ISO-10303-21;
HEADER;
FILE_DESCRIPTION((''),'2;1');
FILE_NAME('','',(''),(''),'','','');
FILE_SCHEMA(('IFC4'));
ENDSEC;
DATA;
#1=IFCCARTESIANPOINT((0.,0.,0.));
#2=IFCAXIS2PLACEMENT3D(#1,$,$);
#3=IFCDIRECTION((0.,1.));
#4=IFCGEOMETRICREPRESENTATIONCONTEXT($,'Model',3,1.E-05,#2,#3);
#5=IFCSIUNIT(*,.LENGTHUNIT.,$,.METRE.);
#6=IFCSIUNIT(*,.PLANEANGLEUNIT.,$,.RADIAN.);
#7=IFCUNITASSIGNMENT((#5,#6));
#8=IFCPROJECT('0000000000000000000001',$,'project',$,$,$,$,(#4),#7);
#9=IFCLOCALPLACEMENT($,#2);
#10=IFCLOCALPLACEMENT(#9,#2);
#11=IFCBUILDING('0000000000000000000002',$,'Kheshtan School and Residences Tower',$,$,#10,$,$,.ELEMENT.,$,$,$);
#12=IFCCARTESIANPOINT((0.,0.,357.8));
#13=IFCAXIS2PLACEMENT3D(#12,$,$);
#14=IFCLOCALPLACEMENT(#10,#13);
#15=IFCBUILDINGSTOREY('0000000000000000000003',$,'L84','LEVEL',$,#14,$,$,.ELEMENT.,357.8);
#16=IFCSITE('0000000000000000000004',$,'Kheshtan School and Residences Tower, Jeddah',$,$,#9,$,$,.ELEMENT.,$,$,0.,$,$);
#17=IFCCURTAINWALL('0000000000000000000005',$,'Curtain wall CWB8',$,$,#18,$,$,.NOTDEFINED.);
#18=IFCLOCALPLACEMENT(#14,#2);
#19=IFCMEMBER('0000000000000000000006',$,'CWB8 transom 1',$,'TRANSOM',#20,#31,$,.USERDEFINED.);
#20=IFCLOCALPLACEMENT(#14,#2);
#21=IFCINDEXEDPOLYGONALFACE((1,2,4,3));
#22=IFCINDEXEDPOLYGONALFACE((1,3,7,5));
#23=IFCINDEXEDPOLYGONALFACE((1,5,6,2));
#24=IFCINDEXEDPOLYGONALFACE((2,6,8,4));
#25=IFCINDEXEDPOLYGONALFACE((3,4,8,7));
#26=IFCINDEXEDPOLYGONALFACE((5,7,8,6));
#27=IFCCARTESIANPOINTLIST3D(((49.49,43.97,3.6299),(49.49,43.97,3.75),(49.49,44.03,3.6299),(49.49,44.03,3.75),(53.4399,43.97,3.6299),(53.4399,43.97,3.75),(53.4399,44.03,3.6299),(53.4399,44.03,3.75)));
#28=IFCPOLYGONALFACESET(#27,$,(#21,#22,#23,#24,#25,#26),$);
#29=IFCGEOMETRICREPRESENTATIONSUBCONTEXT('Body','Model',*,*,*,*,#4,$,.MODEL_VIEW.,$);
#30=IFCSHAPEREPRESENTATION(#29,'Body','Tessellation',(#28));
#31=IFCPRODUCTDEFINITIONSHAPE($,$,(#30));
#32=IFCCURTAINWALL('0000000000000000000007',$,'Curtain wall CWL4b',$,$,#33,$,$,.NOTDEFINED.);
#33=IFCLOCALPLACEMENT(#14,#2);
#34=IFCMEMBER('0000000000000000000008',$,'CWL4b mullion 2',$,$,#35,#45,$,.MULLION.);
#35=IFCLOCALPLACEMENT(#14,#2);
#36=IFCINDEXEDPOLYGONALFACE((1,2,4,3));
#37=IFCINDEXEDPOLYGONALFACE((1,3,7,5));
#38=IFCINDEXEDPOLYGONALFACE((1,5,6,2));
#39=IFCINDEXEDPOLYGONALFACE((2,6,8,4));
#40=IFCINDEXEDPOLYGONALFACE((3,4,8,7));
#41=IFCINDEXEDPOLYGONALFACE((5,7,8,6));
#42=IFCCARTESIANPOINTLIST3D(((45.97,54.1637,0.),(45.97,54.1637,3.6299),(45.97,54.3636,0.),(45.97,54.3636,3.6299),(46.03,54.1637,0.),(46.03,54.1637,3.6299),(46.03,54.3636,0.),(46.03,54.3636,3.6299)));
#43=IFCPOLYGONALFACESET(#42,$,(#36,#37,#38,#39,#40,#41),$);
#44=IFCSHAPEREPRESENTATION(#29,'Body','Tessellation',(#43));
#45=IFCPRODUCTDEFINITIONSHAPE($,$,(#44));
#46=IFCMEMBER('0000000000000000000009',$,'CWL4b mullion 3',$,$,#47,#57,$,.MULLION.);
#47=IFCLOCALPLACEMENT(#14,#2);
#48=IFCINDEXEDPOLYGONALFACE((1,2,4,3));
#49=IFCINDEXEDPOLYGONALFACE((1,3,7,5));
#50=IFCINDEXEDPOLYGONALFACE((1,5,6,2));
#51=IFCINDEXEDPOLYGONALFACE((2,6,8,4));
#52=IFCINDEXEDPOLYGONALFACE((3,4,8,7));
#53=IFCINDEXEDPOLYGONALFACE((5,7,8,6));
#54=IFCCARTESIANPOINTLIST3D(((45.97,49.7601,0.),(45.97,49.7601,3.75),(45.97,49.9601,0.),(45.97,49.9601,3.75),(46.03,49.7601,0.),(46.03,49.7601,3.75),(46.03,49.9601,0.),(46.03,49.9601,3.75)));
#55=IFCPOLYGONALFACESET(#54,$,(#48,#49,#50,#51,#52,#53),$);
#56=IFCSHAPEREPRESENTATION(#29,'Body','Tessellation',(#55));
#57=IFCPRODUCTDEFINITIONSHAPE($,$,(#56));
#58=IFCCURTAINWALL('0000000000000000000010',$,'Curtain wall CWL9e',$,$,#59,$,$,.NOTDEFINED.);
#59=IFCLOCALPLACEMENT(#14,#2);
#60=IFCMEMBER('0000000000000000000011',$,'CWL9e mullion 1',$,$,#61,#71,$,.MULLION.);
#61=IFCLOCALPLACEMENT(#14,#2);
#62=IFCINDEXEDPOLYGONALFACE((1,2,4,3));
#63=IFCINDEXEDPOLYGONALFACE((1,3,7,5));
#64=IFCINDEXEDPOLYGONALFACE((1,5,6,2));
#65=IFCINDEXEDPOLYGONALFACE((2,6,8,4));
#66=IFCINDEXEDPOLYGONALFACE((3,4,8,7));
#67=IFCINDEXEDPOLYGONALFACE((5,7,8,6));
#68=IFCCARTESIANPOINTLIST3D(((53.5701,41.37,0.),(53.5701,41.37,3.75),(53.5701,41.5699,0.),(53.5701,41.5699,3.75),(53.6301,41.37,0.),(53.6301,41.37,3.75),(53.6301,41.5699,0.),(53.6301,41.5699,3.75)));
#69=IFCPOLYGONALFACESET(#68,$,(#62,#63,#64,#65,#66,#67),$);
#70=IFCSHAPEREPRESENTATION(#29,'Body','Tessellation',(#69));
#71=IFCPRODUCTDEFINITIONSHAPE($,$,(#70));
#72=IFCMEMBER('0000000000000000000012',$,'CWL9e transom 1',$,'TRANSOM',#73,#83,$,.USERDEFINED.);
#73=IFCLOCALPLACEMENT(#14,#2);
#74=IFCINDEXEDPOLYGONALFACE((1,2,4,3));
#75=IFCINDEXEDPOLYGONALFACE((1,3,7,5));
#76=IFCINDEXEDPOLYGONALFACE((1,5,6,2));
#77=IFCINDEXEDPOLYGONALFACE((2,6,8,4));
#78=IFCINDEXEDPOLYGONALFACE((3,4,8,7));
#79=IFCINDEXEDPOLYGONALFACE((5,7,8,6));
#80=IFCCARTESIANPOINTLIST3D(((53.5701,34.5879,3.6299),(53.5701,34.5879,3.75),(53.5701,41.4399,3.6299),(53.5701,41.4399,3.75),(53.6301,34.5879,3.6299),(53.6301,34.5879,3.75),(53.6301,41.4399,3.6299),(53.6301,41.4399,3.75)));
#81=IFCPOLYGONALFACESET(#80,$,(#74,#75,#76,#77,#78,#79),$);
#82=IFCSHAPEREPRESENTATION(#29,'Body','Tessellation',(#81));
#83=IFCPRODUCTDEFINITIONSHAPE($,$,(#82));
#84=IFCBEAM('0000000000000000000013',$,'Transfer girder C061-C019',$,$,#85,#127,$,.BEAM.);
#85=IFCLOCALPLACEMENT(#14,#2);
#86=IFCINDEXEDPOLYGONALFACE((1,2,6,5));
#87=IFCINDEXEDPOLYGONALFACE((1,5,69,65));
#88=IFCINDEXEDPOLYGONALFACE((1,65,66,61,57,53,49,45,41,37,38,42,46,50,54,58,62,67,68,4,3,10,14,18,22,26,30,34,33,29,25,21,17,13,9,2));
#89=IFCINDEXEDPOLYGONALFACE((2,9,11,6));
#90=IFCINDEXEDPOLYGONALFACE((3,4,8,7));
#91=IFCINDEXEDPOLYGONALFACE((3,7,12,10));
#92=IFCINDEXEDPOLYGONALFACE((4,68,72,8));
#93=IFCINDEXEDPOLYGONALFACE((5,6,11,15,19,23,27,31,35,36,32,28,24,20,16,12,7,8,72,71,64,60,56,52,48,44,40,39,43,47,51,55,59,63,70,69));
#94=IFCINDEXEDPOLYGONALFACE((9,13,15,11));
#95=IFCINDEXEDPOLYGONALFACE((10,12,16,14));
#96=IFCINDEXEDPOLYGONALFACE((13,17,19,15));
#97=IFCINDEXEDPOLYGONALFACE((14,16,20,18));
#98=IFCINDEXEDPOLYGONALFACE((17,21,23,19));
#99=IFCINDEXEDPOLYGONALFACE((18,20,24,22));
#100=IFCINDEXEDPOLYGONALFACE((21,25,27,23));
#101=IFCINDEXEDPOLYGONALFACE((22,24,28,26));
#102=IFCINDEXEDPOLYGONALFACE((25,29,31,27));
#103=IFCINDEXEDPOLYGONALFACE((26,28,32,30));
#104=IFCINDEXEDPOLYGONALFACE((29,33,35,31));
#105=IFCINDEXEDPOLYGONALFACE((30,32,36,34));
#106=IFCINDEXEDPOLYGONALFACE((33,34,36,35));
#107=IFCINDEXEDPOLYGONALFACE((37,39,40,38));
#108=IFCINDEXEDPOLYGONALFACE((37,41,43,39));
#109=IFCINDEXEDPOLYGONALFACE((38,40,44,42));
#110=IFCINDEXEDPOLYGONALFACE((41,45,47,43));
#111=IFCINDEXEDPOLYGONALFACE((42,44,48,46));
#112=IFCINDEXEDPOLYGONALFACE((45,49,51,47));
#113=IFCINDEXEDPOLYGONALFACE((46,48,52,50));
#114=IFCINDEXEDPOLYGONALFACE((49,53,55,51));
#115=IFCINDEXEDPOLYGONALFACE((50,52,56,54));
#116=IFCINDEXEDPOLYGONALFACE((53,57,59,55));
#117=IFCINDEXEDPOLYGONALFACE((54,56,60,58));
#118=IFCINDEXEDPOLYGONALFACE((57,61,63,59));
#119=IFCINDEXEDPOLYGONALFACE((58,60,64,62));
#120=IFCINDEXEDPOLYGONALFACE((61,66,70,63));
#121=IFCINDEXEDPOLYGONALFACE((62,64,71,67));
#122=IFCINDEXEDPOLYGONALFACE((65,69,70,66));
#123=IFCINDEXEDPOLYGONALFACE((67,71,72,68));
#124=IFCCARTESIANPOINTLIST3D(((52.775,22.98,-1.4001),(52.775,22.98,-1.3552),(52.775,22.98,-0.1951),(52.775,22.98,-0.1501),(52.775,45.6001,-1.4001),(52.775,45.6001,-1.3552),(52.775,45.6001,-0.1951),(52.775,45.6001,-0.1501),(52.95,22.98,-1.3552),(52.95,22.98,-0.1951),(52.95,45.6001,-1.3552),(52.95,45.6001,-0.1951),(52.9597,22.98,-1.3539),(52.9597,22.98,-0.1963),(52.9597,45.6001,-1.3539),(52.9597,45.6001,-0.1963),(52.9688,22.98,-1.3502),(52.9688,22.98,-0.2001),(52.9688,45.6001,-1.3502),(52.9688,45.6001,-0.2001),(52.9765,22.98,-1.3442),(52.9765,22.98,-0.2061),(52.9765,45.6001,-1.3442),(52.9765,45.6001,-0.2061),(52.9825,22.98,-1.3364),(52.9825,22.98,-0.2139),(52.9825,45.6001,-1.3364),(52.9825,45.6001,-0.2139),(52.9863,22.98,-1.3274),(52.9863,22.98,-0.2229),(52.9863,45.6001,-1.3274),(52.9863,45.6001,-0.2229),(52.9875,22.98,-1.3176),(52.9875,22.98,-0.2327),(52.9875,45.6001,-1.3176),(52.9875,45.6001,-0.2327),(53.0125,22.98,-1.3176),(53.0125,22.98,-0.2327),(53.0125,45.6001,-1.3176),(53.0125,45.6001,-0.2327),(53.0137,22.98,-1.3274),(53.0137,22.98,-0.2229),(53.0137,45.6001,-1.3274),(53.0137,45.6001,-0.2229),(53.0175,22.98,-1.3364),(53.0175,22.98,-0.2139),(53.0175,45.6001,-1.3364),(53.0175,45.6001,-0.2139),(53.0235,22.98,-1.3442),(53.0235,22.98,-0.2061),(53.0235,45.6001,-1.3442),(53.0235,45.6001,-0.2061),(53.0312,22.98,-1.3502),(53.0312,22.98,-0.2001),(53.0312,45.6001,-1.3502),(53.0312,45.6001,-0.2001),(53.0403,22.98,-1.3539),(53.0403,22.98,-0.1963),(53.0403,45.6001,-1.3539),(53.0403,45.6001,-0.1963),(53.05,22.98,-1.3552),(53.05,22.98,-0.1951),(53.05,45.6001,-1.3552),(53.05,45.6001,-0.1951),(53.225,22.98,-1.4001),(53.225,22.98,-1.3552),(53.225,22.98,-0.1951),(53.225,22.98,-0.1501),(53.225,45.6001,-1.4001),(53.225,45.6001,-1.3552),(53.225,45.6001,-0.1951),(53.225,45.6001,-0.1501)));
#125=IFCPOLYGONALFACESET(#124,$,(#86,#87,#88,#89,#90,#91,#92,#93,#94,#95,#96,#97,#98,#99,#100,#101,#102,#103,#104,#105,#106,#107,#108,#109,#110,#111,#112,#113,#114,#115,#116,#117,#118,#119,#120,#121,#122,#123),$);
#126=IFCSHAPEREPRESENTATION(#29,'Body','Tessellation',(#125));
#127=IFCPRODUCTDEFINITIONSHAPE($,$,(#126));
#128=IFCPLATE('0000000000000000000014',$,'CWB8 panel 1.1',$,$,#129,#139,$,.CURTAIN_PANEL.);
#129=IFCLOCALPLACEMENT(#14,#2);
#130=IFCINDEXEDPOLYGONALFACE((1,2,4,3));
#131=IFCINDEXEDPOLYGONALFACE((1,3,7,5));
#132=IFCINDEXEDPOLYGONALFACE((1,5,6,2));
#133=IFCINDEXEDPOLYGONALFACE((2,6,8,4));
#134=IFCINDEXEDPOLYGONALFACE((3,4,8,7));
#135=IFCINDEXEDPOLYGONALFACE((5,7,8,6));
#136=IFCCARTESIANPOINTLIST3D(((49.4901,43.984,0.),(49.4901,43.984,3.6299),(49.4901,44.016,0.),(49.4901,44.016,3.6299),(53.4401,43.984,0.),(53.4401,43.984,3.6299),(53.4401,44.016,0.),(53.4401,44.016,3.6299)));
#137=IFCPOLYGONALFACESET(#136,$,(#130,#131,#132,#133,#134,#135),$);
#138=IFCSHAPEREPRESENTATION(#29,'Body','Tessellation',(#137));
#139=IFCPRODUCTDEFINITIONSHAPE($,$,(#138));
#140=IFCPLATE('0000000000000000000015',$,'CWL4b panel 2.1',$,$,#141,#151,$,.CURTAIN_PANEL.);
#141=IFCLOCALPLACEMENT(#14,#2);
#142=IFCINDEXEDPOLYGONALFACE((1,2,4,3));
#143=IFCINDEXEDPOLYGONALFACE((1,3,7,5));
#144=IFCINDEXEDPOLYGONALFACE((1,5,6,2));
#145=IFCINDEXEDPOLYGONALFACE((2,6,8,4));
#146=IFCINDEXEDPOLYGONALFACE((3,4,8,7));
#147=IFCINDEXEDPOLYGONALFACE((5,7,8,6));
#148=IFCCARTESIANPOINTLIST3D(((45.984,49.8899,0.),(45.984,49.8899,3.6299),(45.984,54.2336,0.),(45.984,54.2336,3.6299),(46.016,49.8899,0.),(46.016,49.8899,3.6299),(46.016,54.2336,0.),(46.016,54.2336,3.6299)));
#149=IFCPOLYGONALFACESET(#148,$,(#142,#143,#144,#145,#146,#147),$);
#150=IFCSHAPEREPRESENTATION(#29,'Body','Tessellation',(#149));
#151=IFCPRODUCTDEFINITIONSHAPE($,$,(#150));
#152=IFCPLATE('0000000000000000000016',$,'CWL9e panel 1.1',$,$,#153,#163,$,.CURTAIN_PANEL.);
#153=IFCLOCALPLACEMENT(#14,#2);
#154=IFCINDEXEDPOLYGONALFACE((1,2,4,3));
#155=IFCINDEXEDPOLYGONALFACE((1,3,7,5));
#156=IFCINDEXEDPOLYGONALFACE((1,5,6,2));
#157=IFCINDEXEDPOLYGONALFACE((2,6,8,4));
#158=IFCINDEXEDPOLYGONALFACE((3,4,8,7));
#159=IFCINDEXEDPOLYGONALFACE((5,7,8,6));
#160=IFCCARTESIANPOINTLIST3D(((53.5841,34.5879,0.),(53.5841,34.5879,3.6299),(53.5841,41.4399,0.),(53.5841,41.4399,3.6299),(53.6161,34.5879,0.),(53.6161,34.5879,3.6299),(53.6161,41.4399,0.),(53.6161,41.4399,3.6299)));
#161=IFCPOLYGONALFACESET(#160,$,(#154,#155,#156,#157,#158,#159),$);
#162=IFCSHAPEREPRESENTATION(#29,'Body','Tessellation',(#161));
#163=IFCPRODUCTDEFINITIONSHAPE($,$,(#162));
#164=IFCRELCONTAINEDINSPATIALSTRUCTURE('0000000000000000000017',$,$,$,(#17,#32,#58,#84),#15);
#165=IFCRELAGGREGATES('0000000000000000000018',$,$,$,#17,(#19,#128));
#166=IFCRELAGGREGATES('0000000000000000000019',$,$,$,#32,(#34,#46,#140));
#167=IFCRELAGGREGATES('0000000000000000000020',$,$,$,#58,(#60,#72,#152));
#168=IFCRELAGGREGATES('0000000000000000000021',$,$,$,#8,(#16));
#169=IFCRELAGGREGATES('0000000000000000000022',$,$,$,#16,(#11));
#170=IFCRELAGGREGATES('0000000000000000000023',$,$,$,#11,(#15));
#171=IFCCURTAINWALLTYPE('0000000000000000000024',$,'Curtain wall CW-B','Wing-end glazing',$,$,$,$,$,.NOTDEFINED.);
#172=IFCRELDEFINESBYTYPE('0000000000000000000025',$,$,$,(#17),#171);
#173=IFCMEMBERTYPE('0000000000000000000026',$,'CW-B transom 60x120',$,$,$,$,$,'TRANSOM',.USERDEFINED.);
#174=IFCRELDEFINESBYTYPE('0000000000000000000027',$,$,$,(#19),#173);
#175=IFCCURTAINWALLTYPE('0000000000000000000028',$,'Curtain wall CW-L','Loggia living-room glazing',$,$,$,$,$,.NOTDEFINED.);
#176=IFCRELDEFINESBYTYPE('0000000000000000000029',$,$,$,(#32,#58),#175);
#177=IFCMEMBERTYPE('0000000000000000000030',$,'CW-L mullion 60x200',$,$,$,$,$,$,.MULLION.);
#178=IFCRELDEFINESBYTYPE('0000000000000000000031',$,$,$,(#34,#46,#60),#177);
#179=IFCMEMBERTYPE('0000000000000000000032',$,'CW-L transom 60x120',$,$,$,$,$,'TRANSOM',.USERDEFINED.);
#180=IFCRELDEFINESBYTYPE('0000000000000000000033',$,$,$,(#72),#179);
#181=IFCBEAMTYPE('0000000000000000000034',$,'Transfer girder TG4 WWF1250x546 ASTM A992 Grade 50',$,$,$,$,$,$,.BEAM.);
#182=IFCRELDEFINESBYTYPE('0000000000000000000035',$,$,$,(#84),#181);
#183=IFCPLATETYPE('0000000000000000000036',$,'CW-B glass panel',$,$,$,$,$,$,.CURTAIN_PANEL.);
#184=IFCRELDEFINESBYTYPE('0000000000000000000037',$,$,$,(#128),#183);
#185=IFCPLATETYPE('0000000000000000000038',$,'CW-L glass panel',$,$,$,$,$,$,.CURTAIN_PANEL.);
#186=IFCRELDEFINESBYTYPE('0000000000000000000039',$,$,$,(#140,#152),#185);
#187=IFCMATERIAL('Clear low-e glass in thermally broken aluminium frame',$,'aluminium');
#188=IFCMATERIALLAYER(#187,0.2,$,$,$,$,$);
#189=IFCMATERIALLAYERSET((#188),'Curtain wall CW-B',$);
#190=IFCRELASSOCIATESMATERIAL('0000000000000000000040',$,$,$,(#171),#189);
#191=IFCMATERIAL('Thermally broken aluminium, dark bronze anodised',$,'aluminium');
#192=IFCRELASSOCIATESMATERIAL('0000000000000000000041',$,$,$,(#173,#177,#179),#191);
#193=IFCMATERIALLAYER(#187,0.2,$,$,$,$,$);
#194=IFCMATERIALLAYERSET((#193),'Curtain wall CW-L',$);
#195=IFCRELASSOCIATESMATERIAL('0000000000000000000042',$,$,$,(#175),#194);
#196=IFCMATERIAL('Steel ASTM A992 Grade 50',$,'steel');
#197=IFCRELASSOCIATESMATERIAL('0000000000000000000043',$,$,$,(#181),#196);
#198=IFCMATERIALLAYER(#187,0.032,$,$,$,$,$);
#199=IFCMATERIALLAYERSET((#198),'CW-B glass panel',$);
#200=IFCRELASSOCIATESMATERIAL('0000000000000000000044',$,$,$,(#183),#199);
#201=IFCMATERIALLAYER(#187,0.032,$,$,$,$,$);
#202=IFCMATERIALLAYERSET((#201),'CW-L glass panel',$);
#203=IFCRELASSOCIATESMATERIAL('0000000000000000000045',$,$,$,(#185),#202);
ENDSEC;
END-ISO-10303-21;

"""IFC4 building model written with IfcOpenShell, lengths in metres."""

from ifc_helpers import new_model, si_unit, direction, frame, origin, origin_2d, place, context, subcontext, project, spatial, rectangle, i_section, extrude, material, layer, layer_set, material_profile, profile_set, type_object, element, aggregate, save


model = new_model("IFC4")

# Units and contexts
model_context = context("Model", 3, precision=1e-05, world=origin(), true_north=direction((0.0, 1.0)))
body_context = subcontext(model_context, "Body", "Model", "MODEL_VIEW")
ifc_project = project(units=[si_unit("LENGTHUNIT", "METRE"), si_unit("PLANEANGLEUNIT", "RADIAN")], contexts=[model_context])

# Site, building, storey
site_placement = place(None, origin())
site = spatial("IfcSite", under=ifc_project, at=site_placement, Name="Kheshtan School and Residences Tower, Jeddah", CompositionType="ELEMENT", RefElevation=0.0)
building_placement = place(site_placement, origin())
building = spatial("IfcBuilding", under=site, at=building_placement, Name="Kheshtan School and Residences Tower", CompositionType="ELEMENT")
storey_placement = place(building_placement, frame((0.0, 0.0, 357.8)))
storey = spatial("IfcBuildingStorey", under=building, at=storey_placement, Name="L84", Description="LEVEL", CompositionType="ELEMENT", Elevation=357.8)

# Shared definitions
ifc_material_1 = material(Name="Steel ASTM A992 Grade 50", Category="steel")

# Curtain walls, members
ifc_material_2 = material(Name="Clear low-e glass in thermally broken aluminium frame", Category="aluminium")
ifc_layer_1 = layer(ifc_material_2, 0.2)
ifc_layer_set_1 = layer_set([ifc_layer_1], Name="Curtain wall CW-B")
curtain_wall_type_1 = type_object("IfcCurtainWallType", Name="Curtain wall CW-B", Description="Wing-end glazing", PredefinedType="NOTDEFINED", material=ifc_layer_set_1)
curtain_wall_1_placement = place(storey_placement, origin())
curtain_wall_1 = element("IfcCurtainWall", 1, at=curtain_wall_1_placement, inside=storey, type_object=curtain_wall_type_1, Name="Curtain wall CWB8", PredefinedType="NOTDEFINED")
ifc_material_3 = material(Name="Thermally broken aluminium, dark bronze anodised", Category="aluminium")
ifc_material_profile_1 = material_profile(ifc_material_3, rectangle(XDim=0.0601, YDim=0.1201, at=origin_2d()), Name="CW-B transom 60x120")
ifc_profile_set_1 = profile_set([ifc_material_profile_1], Name="Thermally broken aluminium, dark bronze anodised")
member_type_1 = type_object("IfcMemberType", Name="CW-B transom 60x120", ElementType="TRANSOM", PredefinedType="USERDEFINED", material=ifc_profile_set_1)
member_1_placement = place(storey_placement, frame((49.49, 44.0, 3.6899), z_axis=(1.0, 0.0, 0.0), x_axis=(0.0, 1.0, 0.0)))
member_1 = element("IfcMember", 2, at=member_1_placement, type_object=member_type_1, Name="CWB8 transom 1", ObjectType="TRANSOM", PredefinedType="USERDEFINED", context=body_context, shape_type="SweptSolid", body=[
    extrude(rectangle(XDim=0.0601, YDim=0.1201, at=origin_2d()), origin(), (0.0, 0.0, 1.0), 3.95),
])
ifc_layer_2 = layer(ifc_material_2, 0.2)
ifc_layer_set_2 = layer_set([ifc_layer_2], Name="Curtain wall CW-L")
curtain_wall_type_2 = type_object("IfcCurtainWallType", Name="Curtain wall CW-L", Description="Loggia living-room glazing", PredefinedType="NOTDEFINED", material=ifc_layer_set_2)
curtain_wall_2_placement = place(storey_placement, origin())
curtain_wall_2 = element("IfcCurtainWall", 3, at=curtain_wall_2_placement, inside=storey, type_object=curtain_wall_type_2, Name="Curtain wall CWL4b", PredefinedType="NOTDEFINED")
ifc_material_profile_2 = material_profile(ifc_material_3, rectangle(XDim=0.0601, YDim=0.2, at=origin_2d()), Name="CW-L mullion 60x200")
ifc_profile_set_2 = profile_set([ifc_material_profile_2], Name="Thermally broken aluminium, dark bronze anodised")
member_type_2 = type_object("IfcMemberType", Name="CW-L mullion 60x200", PredefinedType="MULLION", material=ifc_profile_set_2)
member_2_placement = place(storey_placement, frame((46.0, 54.2637, 0.0), z_axis=(0.0, 0.0, 1.0), x_axis=(1.0, 0.0, 0.0)))
member_2 = element("IfcMember", 4, at=member_2_placement, type_object=member_type_2, Name="CWL4b mullion 2", PredefinedType="MULLION", context=body_context, shape_type="SweptSolid", body=[
    extrude(rectangle(XDim=0.0601, YDim=0.2, at=origin_2d()), origin(), (0.0, 0.0, 1.0), 3.6299),
])
member_3_placement = place(storey_placement, frame((46.0, 49.8601, 0.0), z_axis=(0.0, 0.0, 1.0), x_axis=(1.0, 0.0, 0.0)))
member_3 = element("IfcMember", 5, at=member_3_placement, type_object=member_type_2, Name="CWL4b mullion 3", PredefinedType="MULLION", context=body_context, shape_type="SweptSolid", body=[
    extrude(rectangle(XDim=0.0601, YDim=0.2, at=origin_2d()), origin(), (0.0, 0.0, 1.0), 3.75),
])
curtain_wall_3_placement = place(storey_placement, origin())
curtain_wall_3 = element("IfcCurtainWall", 6, at=curtain_wall_3_placement, inside=storey, type_object=curtain_wall_type_2, Name="Curtain wall CWL9e", PredefinedType="NOTDEFINED")
member_4_placement = place(storey_placement, frame((53.6001, 41.47, 0.0), z_axis=(0.0, 0.0, 1.0), x_axis=(1.0, 0.0, 0.0)))
member_4 = element("IfcMember", 7, at=member_4_placement, type_object=member_type_2, Name="CWL9e mullion 1", PredefinedType="MULLION", context=body_context, shape_type="SweptSolid", body=[
    extrude(rectangle(XDim=0.0601, YDim=0.2, at=origin_2d()), origin(), (0.0, 0.0, 1.0), 3.75),
])
ifc_material_profile_3 = material_profile(ifc_material_3, rectangle(XDim=0.0601, YDim=0.1201, at=origin_2d()), Name="CW-L transom 60x120")
ifc_profile_set_3 = profile_set([ifc_material_profile_3], Name="Thermally broken aluminium, dark bronze anodised")
member_type_3 = type_object("IfcMemberType", Name="CW-L transom 60x120", ElementType="TRANSOM", PredefinedType="USERDEFINED", material=ifc_profile_set_3)
member_5_placement = place(storey_placement, frame((53.6001, 41.4399, 3.6899), z_axis=(0.0, -1.0, 0.0), x_axis=(1.0, 0.0, 0.0)))
member_5 = element("IfcMember", 8, at=member_5_placement, type_object=member_type_3, Name="CWL9e transom 1", ObjectType="TRANSOM", PredefinedType="USERDEFINED", context=body_context, shape_type="SweptSolid", body=[
    extrude(rectangle(XDim=0.0601, YDim=0.1201, at=origin_2d()), origin(), (0.0, 0.0, 1.0), 6.8521),
])

# Beam
ifc_material_profile_4 = material_profile(ifc_material_1, i_section(OverallWidth=0.45, OverallDepth=1.25, WebThickness=0.0249, FlangeThickness=0.0449, FilletRadius=0.0376, at=origin_2d()), Name="WWF1250x546")
ifc_profile_set_4 = profile_set([ifc_material_profile_4], Name="Steel ASTM A992 Grade 50")
beam_type_1 = type_object("IfcBeamType", Name="Transfer girder TG4 WWF1250x546 ASTM A992 Grade 50", PredefinedType="BEAM", material=ifc_profile_set_4)
beam_1_placement = place(storey_placement, frame((53.0, 45.6001, -0.7751), z_axis=(0.0, -1.0, 0.0), x_axis=(1.0, 0.0, 0.0)))
element("IfcBeam", 9, at=beam_1_placement, inside=storey, type_object=beam_type_1, Name="Transfer girder C061-C019", PredefinedType="BEAM", context=body_context, shape_type="SweptSolid", body=[
    extrude(i_section(OverallWidth=0.45, OverallDepth=1.25, WebThickness=0.0249, FlangeThickness=0.0449, FilletRadius=0.0376, at=origin_2d()), origin(), (0.0, 0.0, 1.0), 22.6201),
])

# Plates
ifc_layer_3 = layer(ifc_material_2, 0.032)
ifc_layer_set_3 = layer_set([ifc_layer_3], Name="CW-B glass panel")
plate_type_1 = type_object("IfcPlateType", Name="CW-B glass panel", PredefinedType="CURTAIN_PANEL", material=ifc_layer_set_3)
plate_1_placement = place(storey_placement, frame((51.4651, 44.0, 0.0), z_axis=(0.0, 0.0, 1.0), x_axis=(1.0, 0.0, 0.0)))
plate_1 = element("IfcPlate", 10, at=plate_1_placement, type_object=plate_type_1, Name="CWB8 panel 1.1", PredefinedType="CURTAIN_PANEL", context=body_context, shape_type="SweptSolid", body=[
    extrude(rectangle(XDim=3.95, YDim=0.032, at=origin_2d()), origin(), (0.0, 0.0, 1.0), 3.6299),
])
aggregate(curtain_wall_1, [member_1, plate_1])
ifc_layer_4 = layer(ifc_material_2, 0.032)
ifc_layer_set_4 = layer_set([ifc_layer_4], Name="CW-L glass panel")
plate_type_2 = type_object("IfcPlateType", Name="CW-L glass panel", PredefinedType="CURTAIN_PANEL", material=ifc_layer_set_4)
plate_2_placement = place(storey_placement, frame((46.0, 52.0618, 0.0), z_axis=(0.0, 0.0, 1.0), x_axis=(0.0, -1.0, 0.0)))
plate_2 = element("IfcPlate", 11, at=plate_2_placement, type_object=plate_type_2, Name="CWL4b panel 2.1", PredefinedType="CURTAIN_PANEL", context=body_context, shape_type="SweptSolid", body=[
    extrude(rectangle(XDim=4.3438, YDim=0.032, at=origin_2d()), origin(), (0.0, 0.0, 1.0), 3.6299),
])
aggregate(curtain_wall_2, [member_2, member_3, plate_2])
plate_3_placement = place(storey_placement, frame((53.6001, 38.0139, 0.0), z_axis=(0.0, 0.0, 1.0), x_axis=(0.0, -1.0, 0.0)))
plate_3 = element("IfcPlate", 12, at=plate_3_placement, type_object=plate_type_2, Name="CWL9e panel 1.1", PredefinedType="CURTAIN_PANEL", context=body_context, shape_type="SweptSolid", body=[
    extrude(rectangle(XDim=6.8521, YDim=0.032, at=origin_2d()), origin(), (0.0, 0.0, 1.0), 3.6299),
])
aggregate(curtain_wall_3, [member_4, member_5, plate_3])

save(model, "model.ifc")
